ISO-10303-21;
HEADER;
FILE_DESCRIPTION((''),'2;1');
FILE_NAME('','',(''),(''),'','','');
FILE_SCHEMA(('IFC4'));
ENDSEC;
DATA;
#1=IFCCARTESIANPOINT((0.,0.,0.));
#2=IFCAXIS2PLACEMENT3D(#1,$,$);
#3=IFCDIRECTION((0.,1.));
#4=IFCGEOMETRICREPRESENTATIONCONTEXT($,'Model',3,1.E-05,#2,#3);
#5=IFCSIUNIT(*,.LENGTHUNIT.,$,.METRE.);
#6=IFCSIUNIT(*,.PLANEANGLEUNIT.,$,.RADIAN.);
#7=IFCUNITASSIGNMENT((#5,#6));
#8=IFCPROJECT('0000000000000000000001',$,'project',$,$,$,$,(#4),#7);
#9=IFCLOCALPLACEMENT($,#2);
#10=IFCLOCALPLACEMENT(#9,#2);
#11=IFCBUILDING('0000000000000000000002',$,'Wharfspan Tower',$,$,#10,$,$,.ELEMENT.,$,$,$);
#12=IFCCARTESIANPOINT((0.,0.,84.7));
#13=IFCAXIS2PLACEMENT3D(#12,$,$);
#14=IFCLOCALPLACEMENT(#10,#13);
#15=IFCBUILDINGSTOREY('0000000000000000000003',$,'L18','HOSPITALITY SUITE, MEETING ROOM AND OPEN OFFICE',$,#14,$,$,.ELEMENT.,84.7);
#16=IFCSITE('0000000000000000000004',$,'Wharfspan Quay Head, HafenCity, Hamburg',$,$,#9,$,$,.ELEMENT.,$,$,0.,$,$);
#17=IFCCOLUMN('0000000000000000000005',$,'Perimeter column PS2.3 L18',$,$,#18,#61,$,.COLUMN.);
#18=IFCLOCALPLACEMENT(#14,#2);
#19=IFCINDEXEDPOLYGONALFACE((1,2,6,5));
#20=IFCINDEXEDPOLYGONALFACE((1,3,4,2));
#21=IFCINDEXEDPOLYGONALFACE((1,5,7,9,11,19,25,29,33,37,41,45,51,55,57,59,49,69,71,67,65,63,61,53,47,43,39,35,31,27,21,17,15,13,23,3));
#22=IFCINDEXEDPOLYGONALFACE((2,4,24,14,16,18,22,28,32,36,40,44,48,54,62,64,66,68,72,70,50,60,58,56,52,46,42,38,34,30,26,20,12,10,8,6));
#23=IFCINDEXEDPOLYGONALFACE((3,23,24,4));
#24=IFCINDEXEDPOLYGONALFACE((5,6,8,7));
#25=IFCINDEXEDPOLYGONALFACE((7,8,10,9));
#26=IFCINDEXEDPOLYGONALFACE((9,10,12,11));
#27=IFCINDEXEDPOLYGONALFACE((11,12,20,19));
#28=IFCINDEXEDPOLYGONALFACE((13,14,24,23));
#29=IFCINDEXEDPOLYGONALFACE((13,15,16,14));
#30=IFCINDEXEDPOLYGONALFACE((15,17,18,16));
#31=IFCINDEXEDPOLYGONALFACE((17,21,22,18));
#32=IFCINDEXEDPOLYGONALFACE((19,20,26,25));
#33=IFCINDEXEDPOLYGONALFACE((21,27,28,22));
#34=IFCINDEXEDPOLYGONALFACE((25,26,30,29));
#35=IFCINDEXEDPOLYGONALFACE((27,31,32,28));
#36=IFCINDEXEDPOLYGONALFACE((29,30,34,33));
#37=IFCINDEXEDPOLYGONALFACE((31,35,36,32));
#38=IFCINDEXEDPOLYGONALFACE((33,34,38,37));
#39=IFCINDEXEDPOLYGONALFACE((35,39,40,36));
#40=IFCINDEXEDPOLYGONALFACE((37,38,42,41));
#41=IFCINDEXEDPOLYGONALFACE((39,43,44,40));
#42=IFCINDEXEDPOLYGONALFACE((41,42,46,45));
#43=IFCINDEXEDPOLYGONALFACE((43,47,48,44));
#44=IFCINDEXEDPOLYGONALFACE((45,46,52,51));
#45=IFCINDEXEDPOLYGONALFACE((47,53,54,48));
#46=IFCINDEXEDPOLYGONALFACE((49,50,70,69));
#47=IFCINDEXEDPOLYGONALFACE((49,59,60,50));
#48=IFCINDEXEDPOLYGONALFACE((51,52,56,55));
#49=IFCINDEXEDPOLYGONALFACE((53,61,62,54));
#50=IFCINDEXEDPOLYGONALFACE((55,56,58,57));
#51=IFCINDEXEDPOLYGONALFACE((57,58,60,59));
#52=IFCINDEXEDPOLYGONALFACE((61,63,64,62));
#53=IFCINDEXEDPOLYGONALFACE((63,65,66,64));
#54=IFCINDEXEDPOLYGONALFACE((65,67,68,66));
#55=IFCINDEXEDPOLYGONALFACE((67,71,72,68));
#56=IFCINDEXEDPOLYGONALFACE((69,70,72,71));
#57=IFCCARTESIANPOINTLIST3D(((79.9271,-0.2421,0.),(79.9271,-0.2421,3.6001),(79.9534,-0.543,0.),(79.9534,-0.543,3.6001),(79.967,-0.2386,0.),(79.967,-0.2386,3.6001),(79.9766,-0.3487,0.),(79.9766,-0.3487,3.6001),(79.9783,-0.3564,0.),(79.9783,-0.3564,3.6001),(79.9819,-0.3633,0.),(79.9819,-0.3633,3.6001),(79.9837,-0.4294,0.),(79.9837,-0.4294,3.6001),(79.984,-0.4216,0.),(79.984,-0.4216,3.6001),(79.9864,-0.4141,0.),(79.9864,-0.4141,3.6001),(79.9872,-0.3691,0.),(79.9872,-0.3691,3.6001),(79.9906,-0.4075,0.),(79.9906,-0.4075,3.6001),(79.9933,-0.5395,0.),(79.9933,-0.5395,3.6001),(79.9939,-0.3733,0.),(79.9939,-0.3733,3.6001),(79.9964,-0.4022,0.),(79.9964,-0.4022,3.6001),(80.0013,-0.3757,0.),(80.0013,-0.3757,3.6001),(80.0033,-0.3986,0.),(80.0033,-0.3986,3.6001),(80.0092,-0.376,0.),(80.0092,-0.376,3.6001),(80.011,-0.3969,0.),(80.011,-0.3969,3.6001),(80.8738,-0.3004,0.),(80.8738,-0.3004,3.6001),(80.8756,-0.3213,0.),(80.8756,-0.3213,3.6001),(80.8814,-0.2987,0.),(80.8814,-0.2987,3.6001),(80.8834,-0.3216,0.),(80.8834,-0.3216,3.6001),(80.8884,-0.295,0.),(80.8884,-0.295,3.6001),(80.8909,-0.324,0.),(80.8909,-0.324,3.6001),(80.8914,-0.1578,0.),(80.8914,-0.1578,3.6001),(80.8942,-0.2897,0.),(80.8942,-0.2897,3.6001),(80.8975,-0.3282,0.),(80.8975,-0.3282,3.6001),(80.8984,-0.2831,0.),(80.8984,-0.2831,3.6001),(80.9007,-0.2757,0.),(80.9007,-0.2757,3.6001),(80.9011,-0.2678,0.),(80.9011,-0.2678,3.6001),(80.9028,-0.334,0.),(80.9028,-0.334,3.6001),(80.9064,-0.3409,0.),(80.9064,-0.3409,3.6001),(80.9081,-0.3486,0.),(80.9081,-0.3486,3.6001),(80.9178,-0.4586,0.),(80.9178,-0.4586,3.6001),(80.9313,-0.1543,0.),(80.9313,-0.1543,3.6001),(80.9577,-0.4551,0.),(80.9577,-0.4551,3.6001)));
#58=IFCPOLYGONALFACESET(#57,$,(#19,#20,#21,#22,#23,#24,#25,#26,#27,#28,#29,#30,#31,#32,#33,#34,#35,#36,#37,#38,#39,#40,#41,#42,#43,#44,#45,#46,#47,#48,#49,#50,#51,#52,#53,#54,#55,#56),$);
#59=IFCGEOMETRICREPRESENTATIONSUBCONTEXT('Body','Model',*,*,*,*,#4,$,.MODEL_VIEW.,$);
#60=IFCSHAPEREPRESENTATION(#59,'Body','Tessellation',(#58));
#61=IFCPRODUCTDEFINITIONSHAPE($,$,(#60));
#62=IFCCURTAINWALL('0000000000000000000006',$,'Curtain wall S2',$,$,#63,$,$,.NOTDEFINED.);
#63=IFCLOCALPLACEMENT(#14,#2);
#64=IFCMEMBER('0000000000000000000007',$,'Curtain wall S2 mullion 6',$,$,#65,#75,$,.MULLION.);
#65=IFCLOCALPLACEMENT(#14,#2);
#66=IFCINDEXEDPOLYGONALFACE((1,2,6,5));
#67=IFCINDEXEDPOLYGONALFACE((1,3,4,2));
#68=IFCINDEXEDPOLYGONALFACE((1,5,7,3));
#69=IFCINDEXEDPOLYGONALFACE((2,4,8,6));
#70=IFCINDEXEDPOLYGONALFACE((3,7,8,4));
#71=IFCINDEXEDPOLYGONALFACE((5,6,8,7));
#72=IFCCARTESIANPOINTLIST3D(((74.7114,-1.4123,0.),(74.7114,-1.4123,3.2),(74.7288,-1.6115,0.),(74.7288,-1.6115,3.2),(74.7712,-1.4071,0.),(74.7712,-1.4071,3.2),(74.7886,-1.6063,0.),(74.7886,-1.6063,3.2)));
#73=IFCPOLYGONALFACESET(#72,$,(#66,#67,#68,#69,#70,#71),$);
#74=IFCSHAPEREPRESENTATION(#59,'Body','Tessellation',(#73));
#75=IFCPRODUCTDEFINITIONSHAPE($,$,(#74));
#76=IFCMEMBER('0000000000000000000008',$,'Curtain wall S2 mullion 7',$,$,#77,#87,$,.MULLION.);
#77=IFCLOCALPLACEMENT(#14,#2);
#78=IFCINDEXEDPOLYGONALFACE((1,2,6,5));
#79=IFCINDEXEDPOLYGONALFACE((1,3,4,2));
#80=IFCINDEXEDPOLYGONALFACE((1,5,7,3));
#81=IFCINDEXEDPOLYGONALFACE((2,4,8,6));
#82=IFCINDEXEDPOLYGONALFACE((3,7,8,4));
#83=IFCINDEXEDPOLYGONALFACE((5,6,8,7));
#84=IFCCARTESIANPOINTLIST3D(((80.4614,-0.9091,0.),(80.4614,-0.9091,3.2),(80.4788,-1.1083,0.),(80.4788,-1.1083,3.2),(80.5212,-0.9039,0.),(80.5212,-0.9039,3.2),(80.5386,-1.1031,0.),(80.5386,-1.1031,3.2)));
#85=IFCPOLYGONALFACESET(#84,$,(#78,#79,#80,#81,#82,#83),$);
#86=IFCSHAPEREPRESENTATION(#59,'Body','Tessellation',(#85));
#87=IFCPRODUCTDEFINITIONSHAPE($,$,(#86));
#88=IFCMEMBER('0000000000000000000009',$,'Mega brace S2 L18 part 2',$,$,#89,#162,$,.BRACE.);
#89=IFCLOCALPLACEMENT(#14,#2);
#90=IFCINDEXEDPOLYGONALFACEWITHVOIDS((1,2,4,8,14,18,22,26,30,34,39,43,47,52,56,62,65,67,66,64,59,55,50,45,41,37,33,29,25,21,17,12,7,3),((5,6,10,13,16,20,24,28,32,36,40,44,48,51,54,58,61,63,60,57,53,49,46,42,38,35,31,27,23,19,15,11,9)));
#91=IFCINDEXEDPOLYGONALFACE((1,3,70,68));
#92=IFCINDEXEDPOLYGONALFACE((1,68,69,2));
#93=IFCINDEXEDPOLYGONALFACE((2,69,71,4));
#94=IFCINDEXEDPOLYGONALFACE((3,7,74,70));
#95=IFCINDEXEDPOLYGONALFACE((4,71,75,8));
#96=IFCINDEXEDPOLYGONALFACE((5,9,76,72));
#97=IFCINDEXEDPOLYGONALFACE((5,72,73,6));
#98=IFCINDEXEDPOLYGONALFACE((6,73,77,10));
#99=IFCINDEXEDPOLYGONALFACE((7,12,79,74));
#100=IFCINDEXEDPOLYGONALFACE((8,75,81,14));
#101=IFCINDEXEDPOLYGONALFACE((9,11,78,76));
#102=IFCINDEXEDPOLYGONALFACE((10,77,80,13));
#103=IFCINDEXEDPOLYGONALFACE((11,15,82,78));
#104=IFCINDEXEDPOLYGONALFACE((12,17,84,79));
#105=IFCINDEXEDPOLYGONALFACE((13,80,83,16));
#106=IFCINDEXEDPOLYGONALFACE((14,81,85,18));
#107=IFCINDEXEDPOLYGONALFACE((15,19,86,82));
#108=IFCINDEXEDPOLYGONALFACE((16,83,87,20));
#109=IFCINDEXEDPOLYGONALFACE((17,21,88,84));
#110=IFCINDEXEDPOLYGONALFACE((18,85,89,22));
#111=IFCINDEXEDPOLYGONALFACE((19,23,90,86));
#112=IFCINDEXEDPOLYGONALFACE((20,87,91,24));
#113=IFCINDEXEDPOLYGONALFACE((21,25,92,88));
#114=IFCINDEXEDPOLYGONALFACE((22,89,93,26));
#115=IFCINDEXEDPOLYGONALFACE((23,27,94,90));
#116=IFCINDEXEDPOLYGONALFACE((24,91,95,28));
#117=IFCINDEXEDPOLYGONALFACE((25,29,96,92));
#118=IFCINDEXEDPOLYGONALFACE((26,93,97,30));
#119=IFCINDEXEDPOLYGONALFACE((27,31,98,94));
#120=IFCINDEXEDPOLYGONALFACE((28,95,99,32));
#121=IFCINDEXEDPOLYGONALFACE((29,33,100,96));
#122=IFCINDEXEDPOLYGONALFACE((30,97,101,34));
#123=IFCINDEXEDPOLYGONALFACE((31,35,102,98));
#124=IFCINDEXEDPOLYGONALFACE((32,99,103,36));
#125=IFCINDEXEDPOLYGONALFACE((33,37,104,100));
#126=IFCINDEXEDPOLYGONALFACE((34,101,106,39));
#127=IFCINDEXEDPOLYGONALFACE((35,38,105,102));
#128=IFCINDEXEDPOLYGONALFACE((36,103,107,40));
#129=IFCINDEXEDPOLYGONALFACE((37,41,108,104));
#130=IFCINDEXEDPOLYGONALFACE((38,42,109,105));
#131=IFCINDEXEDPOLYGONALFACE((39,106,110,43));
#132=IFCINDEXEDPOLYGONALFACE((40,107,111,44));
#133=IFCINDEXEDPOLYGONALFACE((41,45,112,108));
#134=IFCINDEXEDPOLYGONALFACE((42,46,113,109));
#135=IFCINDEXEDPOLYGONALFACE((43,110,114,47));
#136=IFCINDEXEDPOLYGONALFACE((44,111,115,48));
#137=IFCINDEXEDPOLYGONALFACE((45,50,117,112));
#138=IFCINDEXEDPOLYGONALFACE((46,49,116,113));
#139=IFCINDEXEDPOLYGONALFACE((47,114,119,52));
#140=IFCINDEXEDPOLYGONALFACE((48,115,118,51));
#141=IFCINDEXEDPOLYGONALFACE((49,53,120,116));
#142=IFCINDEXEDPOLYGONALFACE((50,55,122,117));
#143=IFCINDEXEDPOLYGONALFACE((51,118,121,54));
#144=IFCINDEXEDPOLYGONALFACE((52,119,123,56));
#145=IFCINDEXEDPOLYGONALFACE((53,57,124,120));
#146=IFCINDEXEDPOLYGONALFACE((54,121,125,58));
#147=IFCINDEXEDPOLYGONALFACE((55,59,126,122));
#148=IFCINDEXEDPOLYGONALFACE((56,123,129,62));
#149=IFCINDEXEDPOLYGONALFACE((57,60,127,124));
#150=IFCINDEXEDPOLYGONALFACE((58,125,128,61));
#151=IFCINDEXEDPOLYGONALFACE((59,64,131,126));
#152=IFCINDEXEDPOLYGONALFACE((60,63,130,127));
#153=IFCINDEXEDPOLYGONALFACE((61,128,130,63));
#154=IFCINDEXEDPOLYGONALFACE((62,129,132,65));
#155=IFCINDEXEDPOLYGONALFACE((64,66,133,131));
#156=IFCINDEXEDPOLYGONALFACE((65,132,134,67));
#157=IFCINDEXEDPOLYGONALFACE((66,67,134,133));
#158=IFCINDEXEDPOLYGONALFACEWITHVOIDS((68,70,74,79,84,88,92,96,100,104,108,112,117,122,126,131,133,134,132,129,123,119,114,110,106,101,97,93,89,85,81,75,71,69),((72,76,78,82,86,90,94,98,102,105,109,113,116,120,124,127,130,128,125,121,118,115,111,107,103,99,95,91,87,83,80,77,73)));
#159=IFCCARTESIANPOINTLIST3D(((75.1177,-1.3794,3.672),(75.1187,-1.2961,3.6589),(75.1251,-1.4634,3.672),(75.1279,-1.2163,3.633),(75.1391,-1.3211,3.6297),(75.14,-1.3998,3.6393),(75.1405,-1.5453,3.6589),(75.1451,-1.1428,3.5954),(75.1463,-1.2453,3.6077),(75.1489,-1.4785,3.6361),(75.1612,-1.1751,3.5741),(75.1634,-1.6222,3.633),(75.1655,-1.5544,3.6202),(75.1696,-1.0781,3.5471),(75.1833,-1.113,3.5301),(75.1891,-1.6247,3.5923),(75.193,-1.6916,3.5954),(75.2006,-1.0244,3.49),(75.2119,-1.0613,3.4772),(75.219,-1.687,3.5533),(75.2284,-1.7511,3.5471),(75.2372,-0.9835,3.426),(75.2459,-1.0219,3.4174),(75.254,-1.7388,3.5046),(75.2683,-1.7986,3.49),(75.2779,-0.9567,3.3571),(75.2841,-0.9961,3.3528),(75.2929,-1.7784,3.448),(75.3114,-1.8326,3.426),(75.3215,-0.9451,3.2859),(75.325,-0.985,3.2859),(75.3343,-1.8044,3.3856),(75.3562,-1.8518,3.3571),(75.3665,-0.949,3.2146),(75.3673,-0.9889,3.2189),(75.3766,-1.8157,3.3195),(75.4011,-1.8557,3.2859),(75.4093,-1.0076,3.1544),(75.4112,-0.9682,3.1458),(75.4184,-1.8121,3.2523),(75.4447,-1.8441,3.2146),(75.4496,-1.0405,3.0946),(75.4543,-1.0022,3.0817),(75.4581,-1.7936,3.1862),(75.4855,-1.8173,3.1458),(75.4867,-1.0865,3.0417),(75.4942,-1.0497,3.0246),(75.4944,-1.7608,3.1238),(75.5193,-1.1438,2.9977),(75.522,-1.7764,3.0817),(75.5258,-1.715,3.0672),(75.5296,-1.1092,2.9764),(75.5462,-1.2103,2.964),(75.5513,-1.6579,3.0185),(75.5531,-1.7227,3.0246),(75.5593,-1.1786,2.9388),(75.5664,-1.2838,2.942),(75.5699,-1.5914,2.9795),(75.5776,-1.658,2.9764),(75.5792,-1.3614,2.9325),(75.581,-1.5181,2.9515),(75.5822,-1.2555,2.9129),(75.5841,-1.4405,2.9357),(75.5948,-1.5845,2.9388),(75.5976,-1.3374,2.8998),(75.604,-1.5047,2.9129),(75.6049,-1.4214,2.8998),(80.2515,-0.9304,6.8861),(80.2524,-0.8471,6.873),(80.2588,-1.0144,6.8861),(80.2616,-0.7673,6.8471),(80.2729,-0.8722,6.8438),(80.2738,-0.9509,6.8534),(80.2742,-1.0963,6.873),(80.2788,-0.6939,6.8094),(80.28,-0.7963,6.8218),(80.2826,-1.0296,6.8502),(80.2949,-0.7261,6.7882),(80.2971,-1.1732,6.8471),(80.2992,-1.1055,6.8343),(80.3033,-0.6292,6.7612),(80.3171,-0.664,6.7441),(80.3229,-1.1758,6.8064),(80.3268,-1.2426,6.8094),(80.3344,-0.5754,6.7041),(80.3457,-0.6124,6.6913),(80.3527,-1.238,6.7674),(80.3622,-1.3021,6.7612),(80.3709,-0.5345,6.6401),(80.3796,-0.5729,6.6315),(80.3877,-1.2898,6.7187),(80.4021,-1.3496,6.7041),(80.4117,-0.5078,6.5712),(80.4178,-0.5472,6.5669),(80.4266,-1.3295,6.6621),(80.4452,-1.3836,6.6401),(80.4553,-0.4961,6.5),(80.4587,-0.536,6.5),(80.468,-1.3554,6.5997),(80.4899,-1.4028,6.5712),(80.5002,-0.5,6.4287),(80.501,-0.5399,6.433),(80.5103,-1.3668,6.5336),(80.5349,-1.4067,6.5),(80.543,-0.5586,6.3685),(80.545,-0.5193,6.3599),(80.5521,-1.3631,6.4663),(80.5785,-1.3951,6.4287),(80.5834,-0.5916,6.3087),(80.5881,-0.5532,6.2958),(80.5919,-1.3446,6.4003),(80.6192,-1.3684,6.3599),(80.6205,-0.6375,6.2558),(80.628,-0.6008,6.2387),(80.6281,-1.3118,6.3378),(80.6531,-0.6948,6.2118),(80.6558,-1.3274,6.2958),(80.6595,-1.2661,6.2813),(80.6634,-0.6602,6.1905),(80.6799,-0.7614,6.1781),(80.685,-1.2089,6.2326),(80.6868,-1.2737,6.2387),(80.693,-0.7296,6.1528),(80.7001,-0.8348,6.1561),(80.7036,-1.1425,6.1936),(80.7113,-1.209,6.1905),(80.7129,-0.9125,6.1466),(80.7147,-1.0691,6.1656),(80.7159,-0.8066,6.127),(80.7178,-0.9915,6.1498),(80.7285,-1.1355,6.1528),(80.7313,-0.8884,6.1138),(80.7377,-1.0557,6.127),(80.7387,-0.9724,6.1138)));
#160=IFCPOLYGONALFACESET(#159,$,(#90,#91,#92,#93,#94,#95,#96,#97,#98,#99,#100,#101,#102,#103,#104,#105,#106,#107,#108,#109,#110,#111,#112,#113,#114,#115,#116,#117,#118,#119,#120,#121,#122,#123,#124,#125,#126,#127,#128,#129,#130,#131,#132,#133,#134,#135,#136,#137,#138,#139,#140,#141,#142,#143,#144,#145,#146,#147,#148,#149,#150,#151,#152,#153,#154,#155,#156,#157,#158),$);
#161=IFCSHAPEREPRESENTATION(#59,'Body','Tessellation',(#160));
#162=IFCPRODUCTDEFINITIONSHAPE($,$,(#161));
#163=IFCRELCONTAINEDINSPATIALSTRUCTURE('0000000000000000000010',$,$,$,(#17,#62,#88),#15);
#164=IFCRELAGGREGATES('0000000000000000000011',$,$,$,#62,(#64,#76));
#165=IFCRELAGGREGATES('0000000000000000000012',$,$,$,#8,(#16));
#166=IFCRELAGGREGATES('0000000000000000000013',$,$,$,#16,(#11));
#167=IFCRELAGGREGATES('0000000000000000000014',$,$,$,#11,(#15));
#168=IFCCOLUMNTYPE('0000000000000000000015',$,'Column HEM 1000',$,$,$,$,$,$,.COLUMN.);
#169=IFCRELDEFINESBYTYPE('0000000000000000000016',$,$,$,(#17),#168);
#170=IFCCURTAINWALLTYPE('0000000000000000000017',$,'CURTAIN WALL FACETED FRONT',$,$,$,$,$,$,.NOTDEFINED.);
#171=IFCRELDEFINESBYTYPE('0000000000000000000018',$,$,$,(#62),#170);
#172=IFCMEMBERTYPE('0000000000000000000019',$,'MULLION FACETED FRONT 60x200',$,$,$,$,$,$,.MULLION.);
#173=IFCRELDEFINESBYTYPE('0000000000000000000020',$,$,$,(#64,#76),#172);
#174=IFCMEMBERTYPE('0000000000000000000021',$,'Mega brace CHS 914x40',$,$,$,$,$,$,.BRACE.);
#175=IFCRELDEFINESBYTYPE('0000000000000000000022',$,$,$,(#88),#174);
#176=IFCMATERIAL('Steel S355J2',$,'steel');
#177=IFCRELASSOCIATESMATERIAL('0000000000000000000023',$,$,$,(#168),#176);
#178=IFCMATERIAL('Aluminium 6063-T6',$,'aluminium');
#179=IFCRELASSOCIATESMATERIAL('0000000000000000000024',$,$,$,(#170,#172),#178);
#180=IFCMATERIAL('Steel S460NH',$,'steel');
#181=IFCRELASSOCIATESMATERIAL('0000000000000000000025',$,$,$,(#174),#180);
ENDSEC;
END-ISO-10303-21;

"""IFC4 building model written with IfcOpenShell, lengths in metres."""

from ifc_helpers import new_model, si_unit, direction, frame, origin, origin_2d, place, context, subcontext, project, spatial, rectangle, hollow_circle, i_section, extrude, material, material_profile, profile_set, type_object, element, aggregate, save


model = new_model("IFC4")

# Units and contexts
model_context = context("Model", 3, precision=1e-05, world=origin(), true_north=direction((0.0, 1.0)))
body_context = subcontext(model_context, "Body", "Model", "MODEL_VIEW")
ifc_project = project(units=[si_unit("LENGTHUNIT", "METRE"), si_unit("PLANEANGLEUNIT", "RADIAN")], contexts=[model_context])

# Site, building, storey
site_placement = place(None, origin())
site = spatial("IfcSite", under=ifc_project, at=site_placement, Name="Wharfspan Quay Head, HafenCity, Hamburg", CompositionType="ELEMENT", RefElevation=0.0)
building_placement = place(site_placement, origin())
building = spatial("IfcBuilding", under=site, at=building_placement, Name="Wharfspan Tower", CompositionType="ELEMENT")
storey_placement = place(building_placement, frame((0.0, 0.0, 84.7)))
storey = spatial("IfcBuildingStorey", under=building, at=storey_placement, Name="L18", Description="HOSPITALITY SUITE, MEETING ROOM AND OPEN OFFICE", CompositionType="ELEMENT", Elevation=84.7)

# Column
ifc_material_1 = material(Name="Steel S355J2", Category="steel")
ifc_material_profile_1 = material_profile(ifc_material_1, i_section(OverallWidth=0.302, OverallDepth=1.0081, WebThickness=0.021, FlangeThickness=0.04, FilletRadius=0.03, at=origin_2d()))
ifc_profile_set_1 = profile_set([ifc_material_profile_1], Name="Steel S355J2")
column_type = type_object("IfcColumnType", Name="Column HEM 1000", PredefinedType="COLUMN", material=ifc_profile_set_1)
column_placement = place(storey_placement, frame((80.4424, -0.3486, 0.0), z_axis=(0.0, 0.0, 1.0), x_axis=(0.087156, -0.996198, 0.0)))
element("IfcColumn", 1, at=column_placement, inside=storey, type_object=column_type, Name="Perimeter column PS2.3 L18", PredefinedType="COLUMN", context=body_context, shape_type="SweptSolid", body=[
    extrude(i_section(OverallWidth=0.302, OverallDepth=1.0081, WebThickness=0.021, FlangeThickness=0.04, FilletRadius=0.03, at=origin_2d()), origin(), (0.0, 0.0, 1.0), 3.6001),
])

# Curtain wall, members
ifc_material_2 = material(Name="Aluminium 6063-T6", Category="aluminium")
curtain_wall_type = type_object("IfcCurtainWallType", Name="CURTAIN WALL FACETED FRONT", PredefinedType="NOTDEFINED", material=ifc_material_2)
curtain_wall_placement = place(storey_placement, origin())
curtain_wall = element("IfcCurtainWall", 2, at=curtain_wall_placement, inside=storey, type_object=curtain_wall_type, Name="Curtain wall S2", PredefinedType="NOTDEFINED")
ifc_material_profile_2 = material_profile(ifc_material_2, rectangle(XDim=0.2, YDim=0.0601, at=origin_2d()))
ifc_profile_set_2 = profile_set([ifc_material_profile_2], Name="Aluminium 6063-T6")
member_type_1 = type_object("IfcMemberType", Name="MULLION FACETED FRONT 60x200", PredefinedType="MULLION", material=ifc_profile_set_2)
member_1_placement = place(storey_placement, frame((74.75, -1.5093, 0.0), z_axis=(0.0, 0.0, 1.0), x_axis=(-0.087156, 0.996197, 0.0)))
member_1 = element("IfcMember", 3, at=member_1_placement, type_object=member_type_1, Name="Curtain wall S2 mullion 6", PredefinedType="MULLION", context=body_context, shape_type="SweptSolid", body=[
    extrude(rectangle(XDim=0.2, YDim=0.0601, at=origin_2d()), origin(), (0.0, 0.0, 1.0), 3.2),
])
member_2_placement = place(storey_placement, frame((80.5, -1.0061, 0.0), z_axis=(0.0, 0.0, 1.0), x_axis=(-0.087156, 0.996197, 0.0)))
member_2 = element("IfcMember", 4, at=member_2_placement, type_object=member_type_1, Name="Curtain wall S2 mullion 7", PredefinedType="MULLION", context=body_context, shape_type="SweptSolid", body=[
    extrude(rectangle(XDim=0.2, YDim=0.0601, at=origin_2d()), origin(), (0.0, 0.0, 1.0), 3.2),
])

# Member
ifc_material_3 = material(Name="Steel S460NH", Category="steel")
ifc_material_profile_3 = material_profile(ifc_material_3, hollow_circle(Radius=0.457, WallThickness=0.04, at=origin_2d()))
ifc_profile_set_3 = profile_set([ifc_material_profile_3], Name="Steel S460NH")
member_type_2 = type_object("IfcMemberType", Name="Mega brace CHS 914x40", PredefinedType="BRACE", material=ifc_profile_set_3)
member_3_placement = place(storey_placement, frame((75.3613, -1.4004, 3.2859), z_axis=(0.845271, 0.073923, 0.529199), x_axis=(-0.087123, 0.996199, 0.000001)))
element("IfcMember", 5, at=member_3_placement, inside=storey, type_object=member_type_2, Name="Mega brace S2 L18 part 2", PredefinedType="BRACE", context=body_context, shape_type="SweptSolid", body=[
    extrude(hollow_circle(Radius=0.457, WallThickness=0.04, at=origin_2d()), origin(), (0.0, 0.0, 1.0), 6.0735),
])

aggregate(curtain_wall, [member_1, member_2])

save(model, "model.ifc")
